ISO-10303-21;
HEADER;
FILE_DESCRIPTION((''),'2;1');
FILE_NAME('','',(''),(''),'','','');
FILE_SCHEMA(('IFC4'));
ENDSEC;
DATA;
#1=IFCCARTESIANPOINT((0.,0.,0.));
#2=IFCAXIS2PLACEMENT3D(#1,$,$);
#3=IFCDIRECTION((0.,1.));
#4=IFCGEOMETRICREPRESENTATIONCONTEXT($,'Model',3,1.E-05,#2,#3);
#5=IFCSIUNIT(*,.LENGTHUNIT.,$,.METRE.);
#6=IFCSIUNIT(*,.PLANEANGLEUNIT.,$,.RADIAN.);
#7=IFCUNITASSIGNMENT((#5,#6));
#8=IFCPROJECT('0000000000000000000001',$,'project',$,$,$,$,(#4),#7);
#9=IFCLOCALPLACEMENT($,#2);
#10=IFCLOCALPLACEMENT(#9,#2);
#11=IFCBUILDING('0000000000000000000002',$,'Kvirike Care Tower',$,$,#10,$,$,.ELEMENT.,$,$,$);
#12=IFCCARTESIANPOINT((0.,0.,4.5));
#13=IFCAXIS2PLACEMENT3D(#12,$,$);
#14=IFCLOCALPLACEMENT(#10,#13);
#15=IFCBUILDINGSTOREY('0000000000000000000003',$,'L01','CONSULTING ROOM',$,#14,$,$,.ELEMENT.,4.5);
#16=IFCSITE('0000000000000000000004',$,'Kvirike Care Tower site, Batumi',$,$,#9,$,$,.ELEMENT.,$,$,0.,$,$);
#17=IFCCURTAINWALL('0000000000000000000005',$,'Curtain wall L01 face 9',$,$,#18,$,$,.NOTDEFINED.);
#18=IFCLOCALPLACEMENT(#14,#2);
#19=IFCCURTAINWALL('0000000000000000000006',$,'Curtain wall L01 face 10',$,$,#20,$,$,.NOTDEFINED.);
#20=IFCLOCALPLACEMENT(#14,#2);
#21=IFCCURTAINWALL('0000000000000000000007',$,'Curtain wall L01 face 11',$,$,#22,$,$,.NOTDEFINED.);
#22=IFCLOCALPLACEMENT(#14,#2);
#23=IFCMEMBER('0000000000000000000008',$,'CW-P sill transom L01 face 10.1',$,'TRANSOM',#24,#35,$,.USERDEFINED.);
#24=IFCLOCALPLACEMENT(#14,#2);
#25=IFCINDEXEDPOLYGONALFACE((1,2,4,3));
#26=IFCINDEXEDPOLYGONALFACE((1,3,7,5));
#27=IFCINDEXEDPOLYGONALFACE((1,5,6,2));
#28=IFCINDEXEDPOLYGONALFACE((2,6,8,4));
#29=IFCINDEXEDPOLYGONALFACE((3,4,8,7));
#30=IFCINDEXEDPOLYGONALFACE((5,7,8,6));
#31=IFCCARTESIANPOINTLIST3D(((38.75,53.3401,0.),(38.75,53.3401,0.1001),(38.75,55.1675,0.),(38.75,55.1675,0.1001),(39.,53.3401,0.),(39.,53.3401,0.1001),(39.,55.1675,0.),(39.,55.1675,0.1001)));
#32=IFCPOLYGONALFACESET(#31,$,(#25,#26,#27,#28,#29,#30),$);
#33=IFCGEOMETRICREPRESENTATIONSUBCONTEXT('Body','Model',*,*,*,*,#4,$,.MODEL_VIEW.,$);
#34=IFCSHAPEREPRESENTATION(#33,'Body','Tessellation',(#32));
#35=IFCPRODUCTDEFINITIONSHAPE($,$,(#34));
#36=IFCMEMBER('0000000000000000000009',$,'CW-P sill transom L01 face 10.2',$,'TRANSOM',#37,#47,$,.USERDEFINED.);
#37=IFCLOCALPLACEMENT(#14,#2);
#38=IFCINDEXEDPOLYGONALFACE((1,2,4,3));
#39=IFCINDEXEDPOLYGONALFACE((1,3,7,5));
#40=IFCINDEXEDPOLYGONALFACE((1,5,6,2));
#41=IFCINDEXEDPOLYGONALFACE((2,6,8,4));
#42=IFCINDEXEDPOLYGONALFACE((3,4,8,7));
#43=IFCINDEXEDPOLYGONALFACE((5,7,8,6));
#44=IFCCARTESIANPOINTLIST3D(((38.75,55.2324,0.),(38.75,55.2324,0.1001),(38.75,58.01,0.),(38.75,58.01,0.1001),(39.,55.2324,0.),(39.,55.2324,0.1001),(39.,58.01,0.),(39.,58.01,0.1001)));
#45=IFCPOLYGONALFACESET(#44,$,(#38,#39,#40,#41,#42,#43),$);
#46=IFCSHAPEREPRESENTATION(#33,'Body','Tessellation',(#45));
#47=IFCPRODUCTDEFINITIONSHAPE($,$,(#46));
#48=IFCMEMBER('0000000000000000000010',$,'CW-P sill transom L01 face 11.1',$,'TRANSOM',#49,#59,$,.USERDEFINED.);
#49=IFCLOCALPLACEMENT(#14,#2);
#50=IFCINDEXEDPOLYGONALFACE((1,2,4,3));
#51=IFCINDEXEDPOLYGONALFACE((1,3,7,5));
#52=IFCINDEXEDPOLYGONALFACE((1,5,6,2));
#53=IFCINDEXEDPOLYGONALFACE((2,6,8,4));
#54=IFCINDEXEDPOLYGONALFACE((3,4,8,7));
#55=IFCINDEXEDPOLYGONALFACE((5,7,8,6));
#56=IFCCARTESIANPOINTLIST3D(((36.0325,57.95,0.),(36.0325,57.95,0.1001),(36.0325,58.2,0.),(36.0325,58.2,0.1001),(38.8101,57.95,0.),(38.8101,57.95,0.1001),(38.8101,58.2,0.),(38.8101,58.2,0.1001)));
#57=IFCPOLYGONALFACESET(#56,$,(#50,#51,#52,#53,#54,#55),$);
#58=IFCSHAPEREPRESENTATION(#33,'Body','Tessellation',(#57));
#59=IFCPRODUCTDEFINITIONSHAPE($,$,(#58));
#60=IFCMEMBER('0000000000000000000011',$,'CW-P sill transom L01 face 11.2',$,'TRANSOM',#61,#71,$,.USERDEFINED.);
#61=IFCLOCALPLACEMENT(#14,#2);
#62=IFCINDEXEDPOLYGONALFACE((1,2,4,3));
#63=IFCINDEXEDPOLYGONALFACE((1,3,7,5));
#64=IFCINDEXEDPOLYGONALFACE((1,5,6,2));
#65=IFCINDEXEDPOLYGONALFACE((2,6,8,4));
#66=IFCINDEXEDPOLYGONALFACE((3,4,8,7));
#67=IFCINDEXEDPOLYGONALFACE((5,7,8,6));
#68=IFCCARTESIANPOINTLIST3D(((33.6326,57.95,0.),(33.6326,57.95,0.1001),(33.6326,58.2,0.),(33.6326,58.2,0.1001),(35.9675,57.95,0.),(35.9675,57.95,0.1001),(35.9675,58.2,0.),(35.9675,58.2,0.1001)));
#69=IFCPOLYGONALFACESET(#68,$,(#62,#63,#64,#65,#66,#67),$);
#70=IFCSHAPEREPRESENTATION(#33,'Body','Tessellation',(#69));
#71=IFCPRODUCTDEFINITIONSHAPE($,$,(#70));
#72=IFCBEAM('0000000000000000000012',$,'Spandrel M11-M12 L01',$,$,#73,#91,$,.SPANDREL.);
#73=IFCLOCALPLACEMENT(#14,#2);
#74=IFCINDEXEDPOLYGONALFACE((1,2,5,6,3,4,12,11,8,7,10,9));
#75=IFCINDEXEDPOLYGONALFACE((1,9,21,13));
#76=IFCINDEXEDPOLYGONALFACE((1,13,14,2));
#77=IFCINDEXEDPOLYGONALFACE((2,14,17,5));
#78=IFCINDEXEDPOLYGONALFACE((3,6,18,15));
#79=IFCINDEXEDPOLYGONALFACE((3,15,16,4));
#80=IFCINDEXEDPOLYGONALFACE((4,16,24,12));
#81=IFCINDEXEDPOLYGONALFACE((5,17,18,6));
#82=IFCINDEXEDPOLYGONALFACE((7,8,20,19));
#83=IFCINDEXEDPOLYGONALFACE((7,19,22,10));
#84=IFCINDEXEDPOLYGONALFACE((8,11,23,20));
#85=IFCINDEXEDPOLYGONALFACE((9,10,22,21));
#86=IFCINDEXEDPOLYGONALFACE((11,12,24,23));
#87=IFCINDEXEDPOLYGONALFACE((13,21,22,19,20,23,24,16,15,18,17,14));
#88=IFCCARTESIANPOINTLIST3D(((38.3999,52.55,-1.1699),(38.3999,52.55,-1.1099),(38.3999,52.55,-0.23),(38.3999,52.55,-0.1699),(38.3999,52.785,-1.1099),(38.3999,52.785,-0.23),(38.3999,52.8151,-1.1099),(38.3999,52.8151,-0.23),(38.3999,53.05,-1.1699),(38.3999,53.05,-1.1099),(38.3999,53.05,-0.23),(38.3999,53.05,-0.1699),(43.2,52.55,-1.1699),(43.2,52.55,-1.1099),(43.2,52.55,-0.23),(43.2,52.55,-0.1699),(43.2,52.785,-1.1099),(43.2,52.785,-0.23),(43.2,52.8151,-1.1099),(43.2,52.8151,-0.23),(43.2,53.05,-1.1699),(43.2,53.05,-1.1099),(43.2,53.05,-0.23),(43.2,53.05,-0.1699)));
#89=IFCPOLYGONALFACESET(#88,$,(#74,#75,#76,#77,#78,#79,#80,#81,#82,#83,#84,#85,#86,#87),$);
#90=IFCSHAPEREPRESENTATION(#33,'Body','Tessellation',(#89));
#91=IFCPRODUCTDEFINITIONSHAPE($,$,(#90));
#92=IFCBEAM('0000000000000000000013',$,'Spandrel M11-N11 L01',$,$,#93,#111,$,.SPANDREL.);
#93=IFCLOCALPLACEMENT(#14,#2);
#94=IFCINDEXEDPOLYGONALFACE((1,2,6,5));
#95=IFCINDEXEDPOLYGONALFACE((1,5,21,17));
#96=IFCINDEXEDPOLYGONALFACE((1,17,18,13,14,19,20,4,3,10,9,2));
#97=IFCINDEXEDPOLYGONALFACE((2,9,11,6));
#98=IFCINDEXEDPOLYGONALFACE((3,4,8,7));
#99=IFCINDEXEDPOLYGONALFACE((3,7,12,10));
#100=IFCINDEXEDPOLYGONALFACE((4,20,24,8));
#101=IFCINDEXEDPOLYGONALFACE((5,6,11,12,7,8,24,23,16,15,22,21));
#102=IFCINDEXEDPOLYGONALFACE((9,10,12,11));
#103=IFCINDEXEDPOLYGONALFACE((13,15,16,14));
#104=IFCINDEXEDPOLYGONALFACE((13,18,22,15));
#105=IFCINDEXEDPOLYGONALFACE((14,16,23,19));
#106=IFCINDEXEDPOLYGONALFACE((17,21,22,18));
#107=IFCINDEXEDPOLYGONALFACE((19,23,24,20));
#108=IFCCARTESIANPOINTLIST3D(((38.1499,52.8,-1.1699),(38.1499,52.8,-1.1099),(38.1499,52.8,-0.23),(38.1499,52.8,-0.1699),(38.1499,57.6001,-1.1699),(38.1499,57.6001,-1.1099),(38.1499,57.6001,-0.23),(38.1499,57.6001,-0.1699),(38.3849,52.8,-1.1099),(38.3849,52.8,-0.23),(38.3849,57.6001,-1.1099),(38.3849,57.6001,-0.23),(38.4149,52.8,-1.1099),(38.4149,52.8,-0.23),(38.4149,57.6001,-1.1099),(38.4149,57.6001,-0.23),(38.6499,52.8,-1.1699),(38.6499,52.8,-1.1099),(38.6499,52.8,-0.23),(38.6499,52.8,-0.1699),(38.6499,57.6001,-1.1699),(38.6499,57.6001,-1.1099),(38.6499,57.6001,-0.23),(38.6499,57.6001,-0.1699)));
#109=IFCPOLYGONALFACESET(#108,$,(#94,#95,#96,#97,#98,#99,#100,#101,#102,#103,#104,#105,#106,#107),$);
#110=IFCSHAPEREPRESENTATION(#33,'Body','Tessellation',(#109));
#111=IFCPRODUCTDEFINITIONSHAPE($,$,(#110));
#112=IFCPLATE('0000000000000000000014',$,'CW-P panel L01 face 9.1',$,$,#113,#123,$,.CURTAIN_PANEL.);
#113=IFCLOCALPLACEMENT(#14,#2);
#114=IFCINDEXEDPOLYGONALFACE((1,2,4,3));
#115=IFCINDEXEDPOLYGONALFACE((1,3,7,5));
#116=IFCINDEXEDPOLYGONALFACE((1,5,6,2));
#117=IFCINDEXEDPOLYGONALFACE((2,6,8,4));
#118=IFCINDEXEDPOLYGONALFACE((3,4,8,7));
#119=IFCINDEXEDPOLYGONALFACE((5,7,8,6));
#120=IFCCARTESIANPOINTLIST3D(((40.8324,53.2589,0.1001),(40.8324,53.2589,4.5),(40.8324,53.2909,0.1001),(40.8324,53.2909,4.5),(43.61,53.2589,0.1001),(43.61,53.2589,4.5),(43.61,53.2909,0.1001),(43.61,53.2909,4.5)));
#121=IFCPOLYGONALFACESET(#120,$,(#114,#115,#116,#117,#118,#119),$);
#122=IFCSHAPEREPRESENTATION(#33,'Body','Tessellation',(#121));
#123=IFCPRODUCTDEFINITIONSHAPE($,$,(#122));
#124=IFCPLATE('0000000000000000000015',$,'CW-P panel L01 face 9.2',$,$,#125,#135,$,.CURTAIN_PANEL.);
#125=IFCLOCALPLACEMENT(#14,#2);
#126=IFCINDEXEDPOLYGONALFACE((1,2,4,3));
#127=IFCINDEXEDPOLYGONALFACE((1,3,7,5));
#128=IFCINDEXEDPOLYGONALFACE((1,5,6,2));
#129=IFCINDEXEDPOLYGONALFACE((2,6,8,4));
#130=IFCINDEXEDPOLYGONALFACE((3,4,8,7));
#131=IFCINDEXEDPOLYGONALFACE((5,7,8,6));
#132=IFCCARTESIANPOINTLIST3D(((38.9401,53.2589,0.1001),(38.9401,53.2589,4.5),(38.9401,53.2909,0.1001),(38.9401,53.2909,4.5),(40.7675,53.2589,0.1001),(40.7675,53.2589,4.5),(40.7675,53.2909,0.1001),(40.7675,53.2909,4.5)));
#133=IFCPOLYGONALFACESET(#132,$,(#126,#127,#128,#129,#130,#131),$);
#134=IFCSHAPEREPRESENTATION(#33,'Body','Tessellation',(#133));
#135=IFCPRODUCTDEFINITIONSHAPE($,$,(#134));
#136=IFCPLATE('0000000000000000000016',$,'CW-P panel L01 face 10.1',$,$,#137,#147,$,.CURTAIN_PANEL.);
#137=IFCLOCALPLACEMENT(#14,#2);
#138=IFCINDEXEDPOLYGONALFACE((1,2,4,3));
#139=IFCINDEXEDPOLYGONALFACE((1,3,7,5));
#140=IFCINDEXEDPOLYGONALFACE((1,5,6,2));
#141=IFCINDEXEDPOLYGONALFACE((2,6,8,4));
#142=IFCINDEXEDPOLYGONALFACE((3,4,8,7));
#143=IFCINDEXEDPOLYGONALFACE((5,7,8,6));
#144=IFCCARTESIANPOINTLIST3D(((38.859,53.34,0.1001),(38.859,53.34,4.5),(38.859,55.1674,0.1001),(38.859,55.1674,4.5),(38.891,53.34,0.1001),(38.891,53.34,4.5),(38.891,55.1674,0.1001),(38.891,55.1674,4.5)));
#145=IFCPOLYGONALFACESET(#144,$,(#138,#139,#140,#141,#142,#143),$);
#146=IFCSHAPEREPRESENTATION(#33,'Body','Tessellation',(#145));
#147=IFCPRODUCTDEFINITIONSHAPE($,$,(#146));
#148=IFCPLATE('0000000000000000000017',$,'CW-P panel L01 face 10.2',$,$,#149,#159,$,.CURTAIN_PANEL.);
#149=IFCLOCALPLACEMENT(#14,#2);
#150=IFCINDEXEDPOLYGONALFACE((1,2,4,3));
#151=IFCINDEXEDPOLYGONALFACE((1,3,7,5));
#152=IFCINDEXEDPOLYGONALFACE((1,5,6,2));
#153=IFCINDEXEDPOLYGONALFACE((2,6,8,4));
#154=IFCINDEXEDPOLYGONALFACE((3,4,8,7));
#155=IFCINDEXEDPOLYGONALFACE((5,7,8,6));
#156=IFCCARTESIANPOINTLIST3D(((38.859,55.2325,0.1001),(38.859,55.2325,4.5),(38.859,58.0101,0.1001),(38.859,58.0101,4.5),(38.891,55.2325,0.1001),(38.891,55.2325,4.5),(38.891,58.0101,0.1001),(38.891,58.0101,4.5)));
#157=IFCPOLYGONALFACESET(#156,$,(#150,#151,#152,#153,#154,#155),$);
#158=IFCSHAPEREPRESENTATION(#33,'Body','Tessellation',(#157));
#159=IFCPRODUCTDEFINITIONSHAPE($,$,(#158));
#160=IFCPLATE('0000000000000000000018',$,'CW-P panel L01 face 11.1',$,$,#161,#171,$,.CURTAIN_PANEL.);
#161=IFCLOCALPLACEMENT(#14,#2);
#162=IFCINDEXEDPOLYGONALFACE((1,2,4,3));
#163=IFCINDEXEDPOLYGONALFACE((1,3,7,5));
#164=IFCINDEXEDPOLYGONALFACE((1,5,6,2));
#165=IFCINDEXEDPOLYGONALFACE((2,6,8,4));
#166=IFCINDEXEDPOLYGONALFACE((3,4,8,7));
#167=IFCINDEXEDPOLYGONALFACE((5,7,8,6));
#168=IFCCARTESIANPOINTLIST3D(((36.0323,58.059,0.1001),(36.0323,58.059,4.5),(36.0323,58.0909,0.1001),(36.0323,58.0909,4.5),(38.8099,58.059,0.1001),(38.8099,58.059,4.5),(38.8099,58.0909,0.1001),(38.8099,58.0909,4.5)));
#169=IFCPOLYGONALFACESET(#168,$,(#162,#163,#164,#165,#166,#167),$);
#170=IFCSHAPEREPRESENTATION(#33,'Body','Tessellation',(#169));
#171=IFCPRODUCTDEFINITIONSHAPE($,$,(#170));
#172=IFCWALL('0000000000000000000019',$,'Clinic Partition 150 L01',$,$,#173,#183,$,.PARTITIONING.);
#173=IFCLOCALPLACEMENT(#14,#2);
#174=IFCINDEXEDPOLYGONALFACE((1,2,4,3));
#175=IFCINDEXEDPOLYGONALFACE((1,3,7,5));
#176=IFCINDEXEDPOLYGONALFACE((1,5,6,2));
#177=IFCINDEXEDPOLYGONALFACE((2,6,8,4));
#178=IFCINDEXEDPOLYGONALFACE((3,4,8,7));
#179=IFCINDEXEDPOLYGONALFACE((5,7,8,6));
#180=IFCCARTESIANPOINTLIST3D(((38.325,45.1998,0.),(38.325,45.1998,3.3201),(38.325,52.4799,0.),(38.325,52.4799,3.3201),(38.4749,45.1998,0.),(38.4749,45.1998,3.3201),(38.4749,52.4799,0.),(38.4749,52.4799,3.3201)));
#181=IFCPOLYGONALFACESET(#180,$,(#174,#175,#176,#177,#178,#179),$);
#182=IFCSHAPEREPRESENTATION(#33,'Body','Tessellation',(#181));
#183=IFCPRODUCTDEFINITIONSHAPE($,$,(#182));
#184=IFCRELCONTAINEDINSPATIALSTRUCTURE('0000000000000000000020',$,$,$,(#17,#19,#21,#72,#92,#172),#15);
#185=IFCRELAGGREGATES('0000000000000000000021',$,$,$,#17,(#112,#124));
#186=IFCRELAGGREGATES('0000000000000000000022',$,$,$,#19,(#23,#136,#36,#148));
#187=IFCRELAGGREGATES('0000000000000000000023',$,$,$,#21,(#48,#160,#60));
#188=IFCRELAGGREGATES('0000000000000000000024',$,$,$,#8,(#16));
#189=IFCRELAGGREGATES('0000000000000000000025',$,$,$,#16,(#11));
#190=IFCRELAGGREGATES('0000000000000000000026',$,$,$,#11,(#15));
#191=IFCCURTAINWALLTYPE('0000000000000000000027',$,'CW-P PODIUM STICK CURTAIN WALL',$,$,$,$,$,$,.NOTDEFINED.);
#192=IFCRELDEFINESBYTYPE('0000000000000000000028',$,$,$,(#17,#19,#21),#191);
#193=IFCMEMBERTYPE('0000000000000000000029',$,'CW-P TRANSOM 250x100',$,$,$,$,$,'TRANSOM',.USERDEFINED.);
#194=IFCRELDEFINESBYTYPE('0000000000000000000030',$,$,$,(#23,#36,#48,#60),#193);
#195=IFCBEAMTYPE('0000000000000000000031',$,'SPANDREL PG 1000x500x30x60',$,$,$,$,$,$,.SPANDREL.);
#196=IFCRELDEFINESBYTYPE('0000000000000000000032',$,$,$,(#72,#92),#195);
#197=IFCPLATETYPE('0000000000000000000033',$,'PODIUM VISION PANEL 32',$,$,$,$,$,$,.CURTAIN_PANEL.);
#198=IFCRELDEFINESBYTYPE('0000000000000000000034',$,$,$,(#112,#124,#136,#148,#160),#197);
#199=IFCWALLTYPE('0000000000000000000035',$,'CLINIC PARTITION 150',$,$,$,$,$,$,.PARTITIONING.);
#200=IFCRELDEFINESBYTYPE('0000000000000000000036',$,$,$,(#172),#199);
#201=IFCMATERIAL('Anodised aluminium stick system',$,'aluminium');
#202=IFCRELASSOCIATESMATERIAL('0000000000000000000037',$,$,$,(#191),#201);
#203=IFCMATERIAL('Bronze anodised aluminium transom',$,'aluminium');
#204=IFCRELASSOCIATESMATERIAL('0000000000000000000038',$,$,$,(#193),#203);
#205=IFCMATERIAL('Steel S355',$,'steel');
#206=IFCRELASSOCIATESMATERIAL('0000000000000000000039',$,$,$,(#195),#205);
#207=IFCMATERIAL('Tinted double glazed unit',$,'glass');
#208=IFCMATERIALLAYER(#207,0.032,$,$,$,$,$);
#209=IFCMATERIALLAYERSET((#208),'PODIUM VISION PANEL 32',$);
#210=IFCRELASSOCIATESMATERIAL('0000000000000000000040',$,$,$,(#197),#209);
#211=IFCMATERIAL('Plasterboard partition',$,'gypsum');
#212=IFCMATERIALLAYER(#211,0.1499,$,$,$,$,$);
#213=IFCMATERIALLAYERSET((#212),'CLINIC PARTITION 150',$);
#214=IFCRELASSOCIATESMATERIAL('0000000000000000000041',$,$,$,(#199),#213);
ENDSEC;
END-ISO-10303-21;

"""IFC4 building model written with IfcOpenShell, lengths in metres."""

from ifc_helpers import new_model, si_unit, direction, frame, frame_2d, origin, origin_2d, place, context, subcontext, project, spatial, rectangle, i_section, extrude, material, layer, layer_set, material_profile, profile_set, type_object, element, aggregate, save


model = new_model("IFC4")

# Units and contexts
model_context = context("Model", 3, precision=1e-05, world=origin(), true_north=direction((0.0, 1.0)))
body_context = subcontext(model_context, "Body", "Model", "MODEL_VIEW")
ifc_project = project(units=[si_unit("LENGTHUNIT", "METRE"), si_unit("PLANEANGLEUNIT", "RADIAN")], contexts=[model_context])

# Site, building, storey
site_placement = place(None, origin())
site = spatial("IfcSite", under=ifc_project, at=site_placement, Name="Kvirike Care Tower site, Batumi", CompositionType="ELEMENT", RefElevation=0.0)
building_placement = place(site_placement, origin())
building = spatial("IfcBuilding", under=site, at=building_placement, Name="Kvirike Care Tower", CompositionType="ELEMENT")
storey_placement = place(building_placement, frame((0.0, 0.0, 4.5)))
storey = spatial("IfcBuildingStorey", under=building, at=storey_placement, Name="L01", Description="CONSULTING ROOM", CompositionType="ELEMENT", Elevation=4.5)

# Shared definitions
ifc_material_1 = material(Name="Anodised aluminium stick system", Category="aluminium")
curtain_wall_type = type_object("IfcCurtainWallType", Name="CW-P PODIUM STICK CURTAIN WALL", PredefinedType="NOTDEFINED", material=ifc_material_1)

# Curtain walls
curtain_wall_1_placement = place(storey_placement, origin())
curtain_wall_1 = element("IfcCurtainWall", 1, at=curtain_wall_1_placement, inside=storey, type_object=curtain_wall_type, Name="Curtain wall L01 face 9", PredefinedType="NOTDEFINED")
curtain_wall_2_placement = place(storey_placement, origin())
curtain_wall_2 = element("IfcCurtainWall", 2, at=curtain_wall_2_placement, inside=storey, type_object=curtain_wall_type, Name="Curtain wall L01 face 10", PredefinedType="NOTDEFINED")
curtain_wall_3_placement = place(storey_placement, origin())
curtain_wall_3 = element("IfcCurtainWall", 3, at=curtain_wall_3_placement, inside=storey, type_object=curtain_wall_type, Name="Curtain wall L01 face 11", PredefinedType="NOTDEFINED")

# Members
ifc_material_2 = material(Name="Bronze anodised aluminium transom", Category="aluminium")
ifc_material_profile_1 = material_profile(ifc_material_2, rectangle(XDim=0.25, YDim=0.1001, at=origin_2d()), Name="CW-P TRANSOM 250x100")
ifc_profile_set_1 = profile_set([ifc_material_profile_1], Name="Bronze anodised aluminium transom")
member_type_1 = type_object("IfcMemberType", Name="CW-P TRANSOM 250x100", ElementType="TRANSOM", PredefinedType="USERDEFINED", material=ifc_profile_set_1)
member_1_placement = place(storey_placement, frame((38.875, 53.3401, 0.05), z_axis=(0.0, 1.0, 0.0), x_axis=(-1.0, 0.0, 0.0)))
member_1 = element("IfcMember", 4, at=member_1_placement, type_object=member_type_1, Name="CW-P sill transom L01 face 10.1", ObjectType="TRANSOM", PredefinedType="USERDEFINED", context=body_context, shape_type="SweptSolid", body=[
    extrude(rectangle(XDim=0.25, YDim=0.1001, at=origin_2d()), origin(), (0.0, 0.0, 1.0), 1.8274),
])
member_2_placement = place(storey_placement, frame((38.875, 55.2324, 0.05), z_axis=(0.0, 1.0, 0.0), x_axis=(-1.0, 0.0, 0.0)))
member_2 = element("IfcMember", 5, at=member_2_placement, type_object=member_type_1, Name="CW-P sill transom L01 face 10.2", ObjectType="TRANSOM", PredefinedType="USERDEFINED", context=body_context, shape_type="SweptSolid", body=[
    extrude(rectangle(XDim=0.25, YDim=0.1001, at=origin_2d()), origin(), (0.0, 0.0, 1.0), 2.7776),
])
member_3_placement = place(storey_placement, frame((38.8101, 58.075, 0.05), z_axis=(-1.0, 0.0, 0.0), x_axis=(0.0, -1.0, 0.0)))
member_3 = element("IfcMember", 6, at=member_3_placement, type_object=member_type_1, Name="CW-P sill transom L01 face 11.1", ObjectType="TRANSOM", PredefinedType="USERDEFINED", context=body_context, shape_type="SweptSolid", body=[
    extrude(rectangle(XDim=0.25, YDim=0.1001, at=origin_2d()), origin(), (0.0, 0.0, 1.0), 2.7776),
])
member_4_placement = place(storey_placement, frame((35.9675, 58.075, 0.05), z_axis=(-1.0, 0.0, 0.0), x_axis=(0.0, -1.0, 0.0)))
member_4 = element("IfcMember", 7, at=member_4_placement, type_object=member_type_1, Name="CW-P sill transom L01 face 11.2", ObjectType="TRANSOM", PredefinedType="USERDEFINED", context=body_context, shape_type="SweptSolid", body=[
    extrude(rectangle(XDim=0.25, YDim=0.1001, at=origin_2d()), origin(), (0.0, 0.0, 1.0), 2.335),
])

# Beams
ifc_material_3 = material(Name="Steel S355", Category="steel")
ifc_material_profile_2 = material_profile(ifc_material_3, i_section(OverallWidth=0.5, OverallDepth=1.0, WebThickness=0.03, FlangeThickness=0.0601, at=origin_2d()), Name="PG 1000x500x30x60")
ifc_profile_set_2 = profile_set([ifc_material_profile_2], Name="Steel S355")
beam_type = type_object("IfcBeamType", Name="SPANDREL PG 1000x500x30x60", PredefinedType="SPANDREL", material=ifc_profile_set_2)
for number, where, z_axis, x_axis, name in (
    (8, (38.3999, 52.8, -0.6699), (1.0, 0.0, 0.0), (0.0, 1.0, 0.0), "Spandrel M11-M12 L01"),
    (9, (38.3999, 52.8, -0.6699), (0.0, 1.0, 0.0), (-1.0, 0.0, 0.0), "Spandrel M11-N11 L01"),
):
    element("IfcBeam", number, at=place(storey_placement, frame(where, z_axis=z_axis, x_axis=x_axis)), inside=storey, type_object=beam_type, Name=name, PredefinedType="SPANDREL", context=body_context, shape_type="SweptSolid", body=[
        extrude(i_section(OverallWidth=0.5, OverallDepth=1.0, WebThickness=0.03, FlangeThickness=0.0601, at=origin_2d()), origin(), (0.0, 0.0, 1.0), 4.8),
    ])

# Plates
ifc_material_4 = material(Name="Tinted double glazed unit", Category="glass")
ifc_layer_1 = layer(ifc_material_4, 0.032)
ifc_layer_set_1 = layer_set([ifc_layer_1], Name="PODIUM VISION PANEL 32")
plate_type = type_object("IfcPlateType", Name="PODIUM VISION PANEL 32", PredefinedType="CURTAIN_PANEL", material=ifc_layer_set_1)
plate_1_placement = place(storey_placement, frame((42.2212, 53.2749, 0.1001), z_axis=(0.0, 0.0, 1.0), x_axis=(-1.0, 0.0, 0.0)))
plate_1 = element("IfcPlate", 10, at=plate_1_placement, type_object=plate_type, Name="CW-P panel L01 face 9.1", PredefinedType="CURTAIN_PANEL", context=body_context, shape_type="SweptSolid", body=[
    extrude(rectangle(XDim=2.7776, YDim=0.032, at=origin_2d()), origin(), (0.0, 0.0, 1.0), 4.3999),
])
plate_2_placement = place(storey_placement, frame((39.8538, 53.2749, 0.1001), z_axis=(0.0, 0.0, 1.0), x_axis=(-1.0, 0.0, 0.0)))
plate_2 = element("IfcPlate", 11, at=plate_2_placement, type_object=plate_type, Name="CW-P panel L01 face 9.2", PredefinedType="CURTAIN_PANEL", context=body_context, shape_type="SweptSolid", body=[
    extrude(rectangle(XDim=1.8274, YDim=0.032, at=origin_2d()), origin(), (0.0, 0.0, 1.0), 4.3999),
])
aggregate(curtain_wall_1, [plate_1, plate_2])
plate_3_placement = place(storey_placement, frame((38.875, 54.2537, 0.1001), z_axis=(0.0, 0.0, 1.0), x_axis=(0.0, 1.0, 0.0)))
plate_3 = element("IfcPlate", 12, at=plate_3_placement, type_object=plate_type, Name="CW-P panel L01 face 10.1", PredefinedType="CURTAIN_PANEL", context=body_context, shape_type="SweptSolid", body=[
    extrude(rectangle(XDim=1.8274, YDim=0.032, at=origin_2d()), origin(), (0.0, 0.0, 1.0), 4.3999),
])
plate_4_placement = place(storey_placement, frame((38.875, 56.6213, 0.1001), z_axis=(0.0, 0.0, 1.0), x_axis=(0.0, 1.0, 0.0)))
plate_4 = element("IfcPlate", 13, at=plate_4_placement, type_object=plate_type, Name="CW-P panel L01 face 10.2", PredefinedType="CURTAIN_PANEL", context=body_context, shape_type="SweptSolid", body=[
    extrude(rectangle(XDim=2.7776, YDim=0.032, at=origin_2d()), origin(), (0.0, 0.0, 1.0), 4.3999),
])
aggregate(curtain_wall_2, [member_1, plate_3, member_2, plate_4])
plate_5_placement = place(storey_placement, frame((37.4211, 58.075, 0.1001), z_axis=(0.0, 0.0, 1.0), x_axis=(-1.0, 0.0, 0.0)))
plate_5 = element("IfcPlate", 14, at=plate_5_placement, type_object=plate_type, Name="CW-P panel L01 face 11.1", PredefinedType="CURTAIN_PANEL", context=body_context, shape_type="SweptSolid", body=[
    extrude(rectangle(XDim=2.7776, YDim=0.032, at=origin_2d()), origin(), (0.0, 0.0, 1.0), 4.3999),
])
aggregate(curtain_wall_3, [member_3, plate_5, member_4])

# Wall
ifc_material_5 = material(Name="Plasterboard partition", Category="gypsum")
ifc_layer_2 = layer(ifc_material_5, 0.1499)
ifc_layer_set_2 = layer_set([ifc_layer_2], Name="CLINIC PARTITION 150")
wall_type = type_object("IfcWallType", Name="CLINIC PARTITION 150", PredefinedType="PARTITIONING", material=ifc_layer_set_2)
wall_placement = place(storey_placement, frame((38.3999, 52.48, 0.0), z_axis=(0.0, 0.0, 1.0), x_axis=(0.0, -1.0, 0.0)))
element("IfcWall", 15, at=wall_placement, inside=storey, type_object=wall_type, Name="Clinic Partition 150 L01", PredefinedType="PARTITIONING", context=body_context, shape_type="SweptSolid", body=[
    extrude(rectangle(XDim=7.28, YDim=0.1499, at=frame_2d((3.6401, 0.0))), origin(), (0.0, 0.0, 1.0), 3.3201),
])

save(model, "model.ifc")
